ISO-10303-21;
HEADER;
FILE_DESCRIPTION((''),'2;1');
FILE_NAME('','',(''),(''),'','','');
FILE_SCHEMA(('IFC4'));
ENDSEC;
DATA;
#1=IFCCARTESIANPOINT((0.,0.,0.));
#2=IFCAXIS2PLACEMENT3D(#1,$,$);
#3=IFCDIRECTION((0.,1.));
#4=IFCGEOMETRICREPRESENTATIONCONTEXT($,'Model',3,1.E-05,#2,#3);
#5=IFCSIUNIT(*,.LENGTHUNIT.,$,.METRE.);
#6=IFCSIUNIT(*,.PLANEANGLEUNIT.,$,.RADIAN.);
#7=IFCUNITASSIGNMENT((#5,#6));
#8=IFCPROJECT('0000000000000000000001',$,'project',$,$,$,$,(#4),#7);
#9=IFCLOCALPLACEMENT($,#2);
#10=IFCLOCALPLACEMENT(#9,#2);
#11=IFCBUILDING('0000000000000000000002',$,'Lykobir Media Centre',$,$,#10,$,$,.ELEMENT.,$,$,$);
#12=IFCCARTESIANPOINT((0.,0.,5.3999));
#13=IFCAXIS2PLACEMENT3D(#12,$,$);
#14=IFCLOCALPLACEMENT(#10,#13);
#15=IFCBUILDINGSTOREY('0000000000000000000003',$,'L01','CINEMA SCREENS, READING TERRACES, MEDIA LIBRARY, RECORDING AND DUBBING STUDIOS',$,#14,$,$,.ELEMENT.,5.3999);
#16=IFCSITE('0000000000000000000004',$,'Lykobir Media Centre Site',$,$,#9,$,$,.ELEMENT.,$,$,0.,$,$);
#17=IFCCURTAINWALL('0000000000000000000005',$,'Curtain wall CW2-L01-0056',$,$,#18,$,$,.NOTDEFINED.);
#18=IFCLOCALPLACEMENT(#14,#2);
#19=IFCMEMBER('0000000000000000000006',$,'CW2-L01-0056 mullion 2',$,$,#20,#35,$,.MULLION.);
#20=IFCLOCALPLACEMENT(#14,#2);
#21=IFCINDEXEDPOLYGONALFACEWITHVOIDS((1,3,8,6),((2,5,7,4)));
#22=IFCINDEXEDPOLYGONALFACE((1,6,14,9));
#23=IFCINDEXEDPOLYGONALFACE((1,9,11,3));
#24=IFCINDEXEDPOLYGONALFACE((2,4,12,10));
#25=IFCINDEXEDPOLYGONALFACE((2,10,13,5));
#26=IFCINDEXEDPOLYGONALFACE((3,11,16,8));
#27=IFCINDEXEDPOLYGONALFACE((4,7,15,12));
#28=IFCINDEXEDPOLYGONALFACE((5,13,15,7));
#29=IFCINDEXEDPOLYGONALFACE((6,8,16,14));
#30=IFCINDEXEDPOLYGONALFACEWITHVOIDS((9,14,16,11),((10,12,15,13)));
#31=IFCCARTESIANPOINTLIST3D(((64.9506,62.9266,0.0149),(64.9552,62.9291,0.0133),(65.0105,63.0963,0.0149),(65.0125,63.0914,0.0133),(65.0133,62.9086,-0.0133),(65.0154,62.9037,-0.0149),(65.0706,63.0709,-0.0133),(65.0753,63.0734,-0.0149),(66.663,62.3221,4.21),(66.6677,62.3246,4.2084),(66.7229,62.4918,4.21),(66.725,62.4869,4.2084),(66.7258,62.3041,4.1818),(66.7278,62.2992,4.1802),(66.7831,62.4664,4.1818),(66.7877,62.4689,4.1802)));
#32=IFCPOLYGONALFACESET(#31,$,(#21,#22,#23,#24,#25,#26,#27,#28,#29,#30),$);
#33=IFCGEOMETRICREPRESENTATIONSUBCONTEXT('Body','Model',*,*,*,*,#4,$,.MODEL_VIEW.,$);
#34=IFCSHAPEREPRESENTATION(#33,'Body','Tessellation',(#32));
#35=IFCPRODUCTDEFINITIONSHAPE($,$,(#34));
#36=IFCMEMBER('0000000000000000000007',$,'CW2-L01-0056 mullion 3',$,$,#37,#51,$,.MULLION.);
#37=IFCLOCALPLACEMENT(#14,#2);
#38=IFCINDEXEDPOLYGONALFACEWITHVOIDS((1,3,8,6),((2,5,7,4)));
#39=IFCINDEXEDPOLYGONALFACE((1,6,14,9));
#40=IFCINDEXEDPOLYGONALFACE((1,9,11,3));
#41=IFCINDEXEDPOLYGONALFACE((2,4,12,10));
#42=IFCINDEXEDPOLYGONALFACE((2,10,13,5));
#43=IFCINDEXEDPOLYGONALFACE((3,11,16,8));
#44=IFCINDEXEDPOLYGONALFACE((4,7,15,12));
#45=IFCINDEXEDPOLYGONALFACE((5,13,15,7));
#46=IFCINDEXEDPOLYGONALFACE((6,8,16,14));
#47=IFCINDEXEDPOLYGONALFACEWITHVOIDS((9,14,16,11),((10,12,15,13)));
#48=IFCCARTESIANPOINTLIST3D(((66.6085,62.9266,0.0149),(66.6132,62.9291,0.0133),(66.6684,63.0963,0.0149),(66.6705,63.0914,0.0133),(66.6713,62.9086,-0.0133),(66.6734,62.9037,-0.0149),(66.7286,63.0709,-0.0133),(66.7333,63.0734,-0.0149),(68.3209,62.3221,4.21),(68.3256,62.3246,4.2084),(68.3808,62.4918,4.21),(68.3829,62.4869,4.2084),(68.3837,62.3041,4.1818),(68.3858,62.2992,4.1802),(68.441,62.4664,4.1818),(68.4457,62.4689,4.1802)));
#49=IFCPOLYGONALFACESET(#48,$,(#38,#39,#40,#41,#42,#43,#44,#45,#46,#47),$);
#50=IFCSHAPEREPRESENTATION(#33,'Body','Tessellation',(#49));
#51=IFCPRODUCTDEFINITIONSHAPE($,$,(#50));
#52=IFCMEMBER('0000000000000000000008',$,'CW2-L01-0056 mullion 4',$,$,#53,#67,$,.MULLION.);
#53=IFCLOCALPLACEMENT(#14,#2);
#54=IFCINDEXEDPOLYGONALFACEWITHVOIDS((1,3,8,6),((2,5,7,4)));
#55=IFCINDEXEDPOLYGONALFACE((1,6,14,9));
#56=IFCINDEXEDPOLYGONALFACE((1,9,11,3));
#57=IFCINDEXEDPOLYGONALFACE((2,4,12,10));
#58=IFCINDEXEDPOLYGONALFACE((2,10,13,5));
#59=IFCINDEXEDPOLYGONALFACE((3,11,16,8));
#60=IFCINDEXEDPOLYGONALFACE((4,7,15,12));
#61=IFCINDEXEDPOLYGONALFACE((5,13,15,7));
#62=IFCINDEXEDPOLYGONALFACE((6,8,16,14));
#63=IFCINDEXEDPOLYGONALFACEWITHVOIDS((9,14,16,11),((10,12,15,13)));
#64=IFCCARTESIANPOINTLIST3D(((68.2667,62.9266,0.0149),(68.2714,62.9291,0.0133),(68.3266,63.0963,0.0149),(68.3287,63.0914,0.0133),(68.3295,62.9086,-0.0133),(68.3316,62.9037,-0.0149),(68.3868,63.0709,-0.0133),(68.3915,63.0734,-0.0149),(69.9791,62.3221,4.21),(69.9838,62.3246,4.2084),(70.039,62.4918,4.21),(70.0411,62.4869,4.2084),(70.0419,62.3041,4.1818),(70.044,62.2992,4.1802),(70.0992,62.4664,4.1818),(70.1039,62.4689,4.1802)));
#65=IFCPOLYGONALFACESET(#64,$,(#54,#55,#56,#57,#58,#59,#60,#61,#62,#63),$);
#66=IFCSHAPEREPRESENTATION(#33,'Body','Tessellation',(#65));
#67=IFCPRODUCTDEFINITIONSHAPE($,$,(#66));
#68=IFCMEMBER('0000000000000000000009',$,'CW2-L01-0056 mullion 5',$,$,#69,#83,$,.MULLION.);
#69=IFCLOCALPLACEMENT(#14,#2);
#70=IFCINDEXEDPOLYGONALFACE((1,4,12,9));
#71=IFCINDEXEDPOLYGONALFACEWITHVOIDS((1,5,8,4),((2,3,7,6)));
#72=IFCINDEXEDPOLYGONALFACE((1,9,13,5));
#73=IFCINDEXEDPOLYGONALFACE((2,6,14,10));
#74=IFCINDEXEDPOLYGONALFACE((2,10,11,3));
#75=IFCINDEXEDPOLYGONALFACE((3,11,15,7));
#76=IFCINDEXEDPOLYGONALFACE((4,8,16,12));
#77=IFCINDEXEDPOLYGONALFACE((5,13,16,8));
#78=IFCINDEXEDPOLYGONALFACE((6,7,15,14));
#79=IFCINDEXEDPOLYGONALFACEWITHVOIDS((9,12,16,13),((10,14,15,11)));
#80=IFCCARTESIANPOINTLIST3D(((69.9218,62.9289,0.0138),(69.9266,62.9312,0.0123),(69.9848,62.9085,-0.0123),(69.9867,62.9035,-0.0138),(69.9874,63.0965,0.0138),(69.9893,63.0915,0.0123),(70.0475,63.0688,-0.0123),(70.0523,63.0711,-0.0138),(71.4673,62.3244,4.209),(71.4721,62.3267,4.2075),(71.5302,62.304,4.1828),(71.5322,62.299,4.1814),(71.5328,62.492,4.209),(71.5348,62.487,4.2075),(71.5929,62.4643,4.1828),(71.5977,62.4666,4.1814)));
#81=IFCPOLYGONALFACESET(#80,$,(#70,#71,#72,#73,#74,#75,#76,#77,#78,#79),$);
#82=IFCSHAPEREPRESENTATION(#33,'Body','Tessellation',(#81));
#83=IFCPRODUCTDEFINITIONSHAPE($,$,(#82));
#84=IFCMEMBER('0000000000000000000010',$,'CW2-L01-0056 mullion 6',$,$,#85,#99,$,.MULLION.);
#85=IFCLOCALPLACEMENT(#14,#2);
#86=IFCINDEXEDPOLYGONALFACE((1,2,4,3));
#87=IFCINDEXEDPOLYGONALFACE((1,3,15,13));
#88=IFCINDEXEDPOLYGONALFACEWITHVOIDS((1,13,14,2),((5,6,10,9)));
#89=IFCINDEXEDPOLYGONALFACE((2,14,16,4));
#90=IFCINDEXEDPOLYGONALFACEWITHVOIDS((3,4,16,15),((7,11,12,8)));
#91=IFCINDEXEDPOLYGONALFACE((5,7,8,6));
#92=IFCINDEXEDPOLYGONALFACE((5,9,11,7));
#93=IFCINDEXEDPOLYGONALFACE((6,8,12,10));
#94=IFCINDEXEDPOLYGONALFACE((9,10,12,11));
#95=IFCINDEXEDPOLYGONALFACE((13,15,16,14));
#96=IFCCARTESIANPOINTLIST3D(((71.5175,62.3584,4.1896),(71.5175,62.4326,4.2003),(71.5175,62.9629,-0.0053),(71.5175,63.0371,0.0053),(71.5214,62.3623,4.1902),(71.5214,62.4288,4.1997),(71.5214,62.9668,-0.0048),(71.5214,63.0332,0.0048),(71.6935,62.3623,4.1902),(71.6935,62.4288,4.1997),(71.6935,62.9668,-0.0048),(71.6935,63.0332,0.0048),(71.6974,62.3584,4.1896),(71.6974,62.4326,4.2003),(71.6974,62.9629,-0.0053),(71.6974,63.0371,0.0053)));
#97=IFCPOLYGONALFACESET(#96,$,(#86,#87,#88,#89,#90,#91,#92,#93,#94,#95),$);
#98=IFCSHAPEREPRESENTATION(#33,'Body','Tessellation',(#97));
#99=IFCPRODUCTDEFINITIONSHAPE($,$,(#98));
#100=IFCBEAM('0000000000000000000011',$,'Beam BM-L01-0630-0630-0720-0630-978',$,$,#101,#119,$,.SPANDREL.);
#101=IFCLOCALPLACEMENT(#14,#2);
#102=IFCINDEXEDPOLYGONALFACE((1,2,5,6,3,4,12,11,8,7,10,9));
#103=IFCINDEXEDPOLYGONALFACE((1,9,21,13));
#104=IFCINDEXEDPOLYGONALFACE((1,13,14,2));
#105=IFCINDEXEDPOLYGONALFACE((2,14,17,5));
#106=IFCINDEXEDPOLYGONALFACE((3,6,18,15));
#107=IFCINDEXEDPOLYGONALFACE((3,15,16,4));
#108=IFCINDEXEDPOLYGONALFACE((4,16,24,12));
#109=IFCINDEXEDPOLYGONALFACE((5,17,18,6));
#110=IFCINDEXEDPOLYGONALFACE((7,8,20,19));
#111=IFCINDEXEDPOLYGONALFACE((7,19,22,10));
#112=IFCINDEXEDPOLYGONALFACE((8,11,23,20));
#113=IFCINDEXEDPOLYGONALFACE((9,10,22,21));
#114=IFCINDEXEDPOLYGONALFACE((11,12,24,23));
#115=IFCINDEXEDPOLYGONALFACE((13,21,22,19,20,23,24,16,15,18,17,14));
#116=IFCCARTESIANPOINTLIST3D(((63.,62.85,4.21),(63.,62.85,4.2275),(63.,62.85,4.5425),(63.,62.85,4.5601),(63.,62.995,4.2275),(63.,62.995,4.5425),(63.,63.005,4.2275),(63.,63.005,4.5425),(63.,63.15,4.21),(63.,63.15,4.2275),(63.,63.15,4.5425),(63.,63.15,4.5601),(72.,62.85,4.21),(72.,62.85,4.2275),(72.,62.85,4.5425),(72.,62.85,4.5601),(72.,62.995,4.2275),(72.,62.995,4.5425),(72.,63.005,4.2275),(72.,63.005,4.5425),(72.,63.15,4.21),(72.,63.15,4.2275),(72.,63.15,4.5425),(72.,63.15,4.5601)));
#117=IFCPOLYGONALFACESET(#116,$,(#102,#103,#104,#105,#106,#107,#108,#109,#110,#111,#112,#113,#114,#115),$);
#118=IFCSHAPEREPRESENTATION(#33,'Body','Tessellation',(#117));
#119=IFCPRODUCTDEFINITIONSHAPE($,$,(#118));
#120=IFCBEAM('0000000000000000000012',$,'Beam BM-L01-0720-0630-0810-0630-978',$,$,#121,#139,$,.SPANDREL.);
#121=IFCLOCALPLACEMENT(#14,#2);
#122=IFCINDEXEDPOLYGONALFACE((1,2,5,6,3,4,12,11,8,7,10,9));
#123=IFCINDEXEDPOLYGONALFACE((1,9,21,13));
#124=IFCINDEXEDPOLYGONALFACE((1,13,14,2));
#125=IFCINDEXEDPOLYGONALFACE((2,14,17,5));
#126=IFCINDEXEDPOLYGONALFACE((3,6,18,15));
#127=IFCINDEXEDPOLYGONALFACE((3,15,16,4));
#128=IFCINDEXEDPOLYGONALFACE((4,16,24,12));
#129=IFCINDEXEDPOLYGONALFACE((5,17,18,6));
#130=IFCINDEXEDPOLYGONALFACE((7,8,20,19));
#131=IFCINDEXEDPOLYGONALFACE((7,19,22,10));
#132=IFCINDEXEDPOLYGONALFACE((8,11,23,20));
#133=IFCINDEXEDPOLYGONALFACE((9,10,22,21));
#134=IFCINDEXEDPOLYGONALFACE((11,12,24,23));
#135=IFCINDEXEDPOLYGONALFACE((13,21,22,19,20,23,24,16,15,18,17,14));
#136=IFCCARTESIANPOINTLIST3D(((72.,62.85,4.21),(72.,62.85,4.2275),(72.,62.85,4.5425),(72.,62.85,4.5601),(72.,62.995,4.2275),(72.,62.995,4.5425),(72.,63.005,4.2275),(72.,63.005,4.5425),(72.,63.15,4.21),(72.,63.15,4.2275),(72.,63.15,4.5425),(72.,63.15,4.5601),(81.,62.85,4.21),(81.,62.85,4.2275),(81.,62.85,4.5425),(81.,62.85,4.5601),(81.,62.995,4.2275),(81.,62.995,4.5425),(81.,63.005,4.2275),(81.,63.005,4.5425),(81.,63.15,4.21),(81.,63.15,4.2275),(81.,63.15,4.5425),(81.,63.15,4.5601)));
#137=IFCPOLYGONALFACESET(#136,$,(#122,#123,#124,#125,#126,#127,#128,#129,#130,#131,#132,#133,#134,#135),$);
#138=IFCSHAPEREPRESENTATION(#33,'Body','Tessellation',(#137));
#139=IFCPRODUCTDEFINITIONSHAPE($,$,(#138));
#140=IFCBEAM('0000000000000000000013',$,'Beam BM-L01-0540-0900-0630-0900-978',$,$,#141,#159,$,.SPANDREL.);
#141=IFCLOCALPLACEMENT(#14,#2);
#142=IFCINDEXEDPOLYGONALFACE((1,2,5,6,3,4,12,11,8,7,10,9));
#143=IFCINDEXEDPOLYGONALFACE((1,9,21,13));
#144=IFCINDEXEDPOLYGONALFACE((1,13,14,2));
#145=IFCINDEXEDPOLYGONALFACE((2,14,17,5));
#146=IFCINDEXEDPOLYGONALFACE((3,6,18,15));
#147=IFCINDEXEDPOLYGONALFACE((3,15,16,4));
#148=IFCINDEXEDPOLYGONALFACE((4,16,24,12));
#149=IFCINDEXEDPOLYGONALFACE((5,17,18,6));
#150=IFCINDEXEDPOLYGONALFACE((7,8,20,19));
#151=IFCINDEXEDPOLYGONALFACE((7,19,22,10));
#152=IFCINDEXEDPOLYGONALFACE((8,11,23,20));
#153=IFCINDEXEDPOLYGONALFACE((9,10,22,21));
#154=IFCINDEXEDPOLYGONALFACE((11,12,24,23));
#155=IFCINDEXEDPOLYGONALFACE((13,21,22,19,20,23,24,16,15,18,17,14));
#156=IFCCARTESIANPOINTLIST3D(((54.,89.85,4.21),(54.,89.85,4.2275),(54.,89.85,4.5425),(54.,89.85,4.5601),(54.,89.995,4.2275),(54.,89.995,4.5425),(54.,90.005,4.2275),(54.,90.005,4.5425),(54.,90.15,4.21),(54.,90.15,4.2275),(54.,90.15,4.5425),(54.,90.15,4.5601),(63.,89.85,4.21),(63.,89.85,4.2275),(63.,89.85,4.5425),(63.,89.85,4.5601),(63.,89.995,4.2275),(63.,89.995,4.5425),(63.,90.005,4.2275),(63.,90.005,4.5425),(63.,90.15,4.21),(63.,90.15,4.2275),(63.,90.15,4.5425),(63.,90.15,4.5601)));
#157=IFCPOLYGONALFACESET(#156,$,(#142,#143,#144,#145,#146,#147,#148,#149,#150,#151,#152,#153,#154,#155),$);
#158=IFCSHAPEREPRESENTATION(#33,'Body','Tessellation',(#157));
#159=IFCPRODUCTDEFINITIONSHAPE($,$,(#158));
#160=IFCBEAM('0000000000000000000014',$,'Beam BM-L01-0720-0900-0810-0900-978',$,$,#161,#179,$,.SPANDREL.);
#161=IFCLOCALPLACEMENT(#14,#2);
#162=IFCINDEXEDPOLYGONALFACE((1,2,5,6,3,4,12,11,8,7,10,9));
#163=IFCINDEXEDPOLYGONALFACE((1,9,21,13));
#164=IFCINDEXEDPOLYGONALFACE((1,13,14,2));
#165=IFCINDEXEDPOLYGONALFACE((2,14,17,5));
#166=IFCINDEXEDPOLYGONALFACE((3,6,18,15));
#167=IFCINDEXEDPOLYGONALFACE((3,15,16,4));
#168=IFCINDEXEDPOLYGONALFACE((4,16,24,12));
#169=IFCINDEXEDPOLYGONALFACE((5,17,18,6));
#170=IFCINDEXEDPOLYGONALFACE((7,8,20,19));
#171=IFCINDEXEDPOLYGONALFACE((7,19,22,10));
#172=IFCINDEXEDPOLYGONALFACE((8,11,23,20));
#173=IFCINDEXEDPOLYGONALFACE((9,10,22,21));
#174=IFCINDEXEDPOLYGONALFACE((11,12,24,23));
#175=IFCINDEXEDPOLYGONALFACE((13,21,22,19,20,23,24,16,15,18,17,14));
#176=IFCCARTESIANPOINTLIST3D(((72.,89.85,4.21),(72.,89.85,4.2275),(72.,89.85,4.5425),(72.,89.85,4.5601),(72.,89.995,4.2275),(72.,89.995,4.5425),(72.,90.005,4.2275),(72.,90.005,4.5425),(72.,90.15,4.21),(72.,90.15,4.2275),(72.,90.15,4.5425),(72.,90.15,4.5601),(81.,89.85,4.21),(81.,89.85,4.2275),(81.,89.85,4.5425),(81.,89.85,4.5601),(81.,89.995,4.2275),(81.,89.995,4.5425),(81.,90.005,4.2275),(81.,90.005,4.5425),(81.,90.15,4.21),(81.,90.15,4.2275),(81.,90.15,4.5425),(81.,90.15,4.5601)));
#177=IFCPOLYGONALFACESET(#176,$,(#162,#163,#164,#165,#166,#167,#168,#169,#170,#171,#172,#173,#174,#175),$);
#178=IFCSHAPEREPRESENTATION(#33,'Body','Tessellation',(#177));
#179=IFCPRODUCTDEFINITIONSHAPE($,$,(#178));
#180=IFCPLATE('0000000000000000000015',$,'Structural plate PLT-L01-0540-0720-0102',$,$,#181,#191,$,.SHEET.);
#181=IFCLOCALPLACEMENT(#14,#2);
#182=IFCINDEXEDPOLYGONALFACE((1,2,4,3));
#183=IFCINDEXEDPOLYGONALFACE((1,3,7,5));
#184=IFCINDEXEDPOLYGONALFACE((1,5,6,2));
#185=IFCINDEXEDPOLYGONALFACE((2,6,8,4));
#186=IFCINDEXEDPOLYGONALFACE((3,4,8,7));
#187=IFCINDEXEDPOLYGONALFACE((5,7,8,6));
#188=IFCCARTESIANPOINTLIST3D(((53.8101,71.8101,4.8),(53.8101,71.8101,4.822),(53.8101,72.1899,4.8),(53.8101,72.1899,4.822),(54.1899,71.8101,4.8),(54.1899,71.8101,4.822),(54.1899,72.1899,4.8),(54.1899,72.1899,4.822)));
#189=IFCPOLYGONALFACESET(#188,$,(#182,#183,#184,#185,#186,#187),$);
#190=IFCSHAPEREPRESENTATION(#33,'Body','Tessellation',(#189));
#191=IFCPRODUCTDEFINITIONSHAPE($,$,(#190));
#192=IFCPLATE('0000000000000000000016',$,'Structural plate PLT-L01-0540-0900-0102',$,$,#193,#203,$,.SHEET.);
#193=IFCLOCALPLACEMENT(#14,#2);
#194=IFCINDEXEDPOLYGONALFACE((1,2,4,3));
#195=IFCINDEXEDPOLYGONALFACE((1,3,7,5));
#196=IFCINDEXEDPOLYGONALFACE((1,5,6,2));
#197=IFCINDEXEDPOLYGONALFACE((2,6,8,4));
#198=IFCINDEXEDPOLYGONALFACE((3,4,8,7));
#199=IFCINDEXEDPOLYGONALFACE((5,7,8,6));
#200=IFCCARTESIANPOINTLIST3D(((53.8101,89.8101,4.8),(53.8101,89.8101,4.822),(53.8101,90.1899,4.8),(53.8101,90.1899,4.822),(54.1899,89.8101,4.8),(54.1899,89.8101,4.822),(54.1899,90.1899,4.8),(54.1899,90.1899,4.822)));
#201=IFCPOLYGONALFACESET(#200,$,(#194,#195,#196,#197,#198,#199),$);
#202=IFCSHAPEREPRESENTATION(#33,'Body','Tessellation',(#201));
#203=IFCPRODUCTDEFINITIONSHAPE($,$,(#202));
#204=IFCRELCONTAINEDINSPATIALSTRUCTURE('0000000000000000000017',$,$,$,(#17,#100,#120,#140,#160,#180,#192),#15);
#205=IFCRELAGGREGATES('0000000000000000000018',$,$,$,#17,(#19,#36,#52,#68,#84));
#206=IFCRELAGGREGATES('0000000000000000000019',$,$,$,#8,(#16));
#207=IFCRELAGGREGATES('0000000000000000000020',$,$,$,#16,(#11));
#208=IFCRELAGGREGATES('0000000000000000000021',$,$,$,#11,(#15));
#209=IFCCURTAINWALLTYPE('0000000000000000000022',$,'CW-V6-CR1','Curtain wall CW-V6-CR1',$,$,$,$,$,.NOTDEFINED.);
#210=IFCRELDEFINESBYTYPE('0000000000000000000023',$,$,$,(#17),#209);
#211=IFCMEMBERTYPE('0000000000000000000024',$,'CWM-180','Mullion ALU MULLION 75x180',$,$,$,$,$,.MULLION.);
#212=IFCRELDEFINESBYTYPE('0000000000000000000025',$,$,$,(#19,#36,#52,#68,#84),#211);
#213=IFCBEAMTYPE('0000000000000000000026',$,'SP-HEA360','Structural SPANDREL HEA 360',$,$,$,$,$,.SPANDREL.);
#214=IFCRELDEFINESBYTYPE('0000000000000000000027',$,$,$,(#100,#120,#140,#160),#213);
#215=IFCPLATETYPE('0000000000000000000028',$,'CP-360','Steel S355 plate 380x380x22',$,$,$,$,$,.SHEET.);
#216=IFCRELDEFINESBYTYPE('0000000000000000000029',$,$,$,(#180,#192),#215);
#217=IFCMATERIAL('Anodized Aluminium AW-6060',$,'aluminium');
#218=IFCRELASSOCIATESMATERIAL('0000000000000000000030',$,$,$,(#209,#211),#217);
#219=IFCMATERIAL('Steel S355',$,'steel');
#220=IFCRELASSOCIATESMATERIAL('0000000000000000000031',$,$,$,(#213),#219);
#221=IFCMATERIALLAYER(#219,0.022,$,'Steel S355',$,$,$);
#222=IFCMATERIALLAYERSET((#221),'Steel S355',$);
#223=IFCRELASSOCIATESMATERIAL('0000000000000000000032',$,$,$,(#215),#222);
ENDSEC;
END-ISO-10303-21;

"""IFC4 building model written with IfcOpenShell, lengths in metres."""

from ifc_helpers import new_model, si_unit, direction, frame, origin, origin_2d, place, context, subcontext, project, spatial, rectangle, hollow_rectangle, i_section, extrude, material, layer, layer_set, material_profile, profile_set, type_object, element, aggregate, save


model = new_model("IFC4")

# Units and contexts
model_context = context("Model", 3, precision=1e-05, world=origin(), true_north=direction((0.0, 1.0)))
body_context = subcontext(model_context, "Body", "Model", "MODEL_VIEW")
ifc_project = project(units=[si_unit("LENGTHUNIT", "METRE"), si_unit("PLANEANGLEUNIT", "RADIAN")], contexts=[model_context])

# Site, building, storey
site_placement = place(None, origin())
site = spatial("IfcSite", under=ifc_project, at=site_placement, Name="Lykobir Media Centre Site", CompositionType="ELEMENT", RefElevation=0.0)
building_placement = place(site_placement, origin())
building = spatial("IfcBuilding", under=site, at=building_placement, Name="Lykobir Media Centre", CompositionType="ELEMENT")
storey_placement = place(building_placement, frame((0.0, 0.0, 5.3999)))
storey = spatial("IfcBuildingStorey", under=building, at=storey_placement, Name="L01", Description="CINEMA SCREENS, READING TERRACES, MEDIA LIBRARY, RECORDING AND DUBBING STUDIOS", CompositionType="ELEMENT", Elevation=5.3999)

# Shared definitions
ifc_material_1 = material(Name="Steel S355", Category="steel")

# Curtain wall, members
ifc_material_2 = material(Name="Anodized Aluminium AW-6060", Category="aluminium")
curtain_wall_type = type_object("IfcCurtainWallType", Name="CW-V6-CR1", Description="Curtain wall CW-V6-CR1", PredefinedType="NOTDEFINED", material=ifc_material_2)
ifc_material_profile_1 = material_profile(ifc_material_2, hollow_rectangle(XDim=0.075, YDim=0.1799, WallThickness=0.0039, at=origin_2d()), Name="ALU MULLION 75x180")
ifc_profile_set_1 = profile_set([ifc_material_profile_1], Name="Anodized Aluminium AW-6060")
member_type = type_object("IfcMemberType", Name="CWM-180", Description="Mullion ALU MULLION 75x180", PredefinedType="MULLION", material=ifc_profile_set_1)
curtain_wall_1_placement = place(storey_placement, origin())
curtain_wall_1 = element("IfcCurtainWall", 1, at=curtain_wall_1_placement, inside=storey, type_object=curtain_wall_type, Name="Curtain wall CW2-L01-0056", PredefinedType="NOTDEFINED")
member_1_placement = place(storey_placement, frame((65.0129, 63.0, 0.0), z_axis=(0.374603, -0.132238, 0.917707), x_axis=(-0.865371, 0.305483, 0.397258)))
member_1 = element("IfcMember", 2, at=member_1_placement, type_object=member_type, Name="CW2-L01-0056 mullion 2", PredefinedType="MULLION", context=body_context, shape_type="SweptSolid", body=[
    extrude(hollow_rectangle(XDim=0.075, YDim=0.1799, WallThickness=0.0039, at=origin_2d()), origin(), (0.0, 0.0, 1.0), 4.5713),
])
member_2_placement = place(storey_placement, frame((66.6709, 63.0, 0.0), z_axis=(0.374603, -0.132238, 0.917707), x_axis=(-0.865371, 0.305483, 0.397258)))
member_2 = element("IfcMember", 3, at=member_2_placement, type_object=member_type, Name="CW2-L01-0056 mullion 3", PredefinedType="MULLION", context=body_context, shape_type="SweptSolid", body=[
    extrude(hollow_rectangle(XDim=0.075, YDim=0.1799, WallThickness=0.0039, at=origin_2d()), origin(), (0.0, 0.0, 1.0), 4.5713),
])
member_3_placement = place(storey_placement, frame((68.3291, 63.0, 0.0), z_axis=(0.374603, -0.132238, 0.917707), x_axis=(-0.865371, 0.305483, 0.397258)))
member_3 = element("IfcMember", 4, at=member_3_placement, type_object=member_type, Name="CW2-L01-0056 mullion 4", PredefinedType="MULLION", context=body_context, shape_type="SweptSolid", body=[
    extrude(hollow_rectangle(XDim=0.075, YDim=0.1799, WallThickness=0.0039, at=origin_2d()), origin(), (0.0, 0.0, 1.0), 4.5713),
])
member_4_placement = place(storey_placement, frame((69.9871, 63.0, 0.0), z_axis=(0.34256, -0.133994, 0.929891), x_axis=(-0.865999, 0.338738, 0.367834)))
member_4 = element("IfcMember", 5, at=member_4_placement, type_object=member_type, Name="CW2-L01-0056 mullion 5", PredefinedType="MULLION", context=body_context, shape_type="SweptSolid", body=[
    extrude(hollow_rectangle(XDim=0.075, YDim=0.1799, WallThickness=0.0039, at=origin_2d()), origin(), (0.0, 0.0, 1.0), 4.5115),
])
member_5_placement = place(storey_placement, frame((71.6074, 63.0, 0.0), z_axis=(0.0, -0.142623, 0.989777), x_axis=(0.0, 0.989777, 0.142623)))
member_5 = element("IfcMember", 6, at=member_5_placement, type_object=member_type, Name="CW2-L01-0056 mullion 6", PredefinedType="MULLION", context=body_context, shape_type="SweptSolid", body=[
    extrude(hollow_rectangle(XDim=0.075, YDim=0.1799, WallThickness=0.0039, at=origin_2d()), origin(), (0.0, 0.0, 1.0), 4.2383),
])
aggregate(curtain_wall_1, [member_1, member_2, member_3, member_4, member_5])

# Beams
ifc_material_profile_2 = material_profile(ifc_material_1, i_section(OverallWidth=0.3, OverallDepth=0.3501, WebThickness=0.01, FlangeThickness=0.0176, at=origin_2d()), Name="HEA 360")
ifc_profile_set_2 = profile_set([ifc_material_profile_2], Name="Steel S355")
beam_type_1 = type_object("IfcBeamType", Name="SP-HEA360", Description="Structural SPANDREL HEA 360", PredefinedType="SPANDREL", material=ifc_profile_set_2)
for number, where, z_axis, x_axis, name in (
    (7, (63.0, 63.0, 4.385), (1.0, 0.0, 0.0), (0.0, 1.0, 0.0), "Beam BM-L01-0630-0630-0720-0630-978"),
    (8, (72.0, 63.0, 4.385), (1.0, 0.0, 0.0), (0.0, 1.0, 0.0), "Beam BM-L01-0720-0630-0810-0630-978"),
    (9, (54.0, 90.0, 4.385), (1.0, 0.0, 0.0), (0.0, 1.0, 0.0), "Beam BM-L01-0540-0900-0630-0900-978"),
    (10, (72.0, 90.0, 4.385), (1.0, 0.0, 0.0), (0.0, 1.0, 0.0), "Beam BM-L01-0720-0900-0810-0900-978"),
):
    element("IfcBeam", number, at=place(storey_placement, frame(where, z_axis=z_axis, x_axis=x_axis)), inside=storey, type_object=beam_type_1, Name=name, PredefinedType="SPANDREL", context=body_context, shape_type="SweptSolid", body=[
        extrude(i_section(OverallWidth=0.3, OverallDepth=0.3501, WebThickness=0.01, FlangeThickness=0.0176, at=origin_2d()), origin(), (0.0, 0.0, 1.0), 9.0),
    ])

# Plates
ifc_layer_1 = layer(ifc_material_1, 0.022, Name="Steel S355")
ifc_layer_set_1 = layer_set([ifc_layer_1], Name="Steel S355")
plate_type = type_object("IfcPlateType", Name="CP-360", Description="Steel S355 plate 380x380x22", PredefinedType="SHEET", material=ifc_layer_set_1)
for number, where, z_axis, x_axis, name in (
    (11, (54.0, 72.0, 4.8), (0.0, 0.0, 1.0), (1.0, 0.0, 0.0), "Structural plate PLT-L01-0540-0720-0102"),
    (12, (54.0, 90.0, 4.8), (0.0, 0.0, 1.0), (1.0, 0.0, 0.0), "Structural plate PLT-L01-0540-0900-0102"),
):
    element("IfcPlate", number, at=place(storey_placement, frame(where, z_axis=z_axis, x_axis=x_axis)), inside=storey, type_object=plate_type, Name=name, PredefinedType="SHEET", context=body_context, shape_type="SweptSolid", body=[
        extrude(rectangle(XDim=0.3799, YDim=0.3799, at=origin_2d()), origin(), (0.0, 0.0, 1.0), 0.022),
    ])

save(model, "model.ifc")
